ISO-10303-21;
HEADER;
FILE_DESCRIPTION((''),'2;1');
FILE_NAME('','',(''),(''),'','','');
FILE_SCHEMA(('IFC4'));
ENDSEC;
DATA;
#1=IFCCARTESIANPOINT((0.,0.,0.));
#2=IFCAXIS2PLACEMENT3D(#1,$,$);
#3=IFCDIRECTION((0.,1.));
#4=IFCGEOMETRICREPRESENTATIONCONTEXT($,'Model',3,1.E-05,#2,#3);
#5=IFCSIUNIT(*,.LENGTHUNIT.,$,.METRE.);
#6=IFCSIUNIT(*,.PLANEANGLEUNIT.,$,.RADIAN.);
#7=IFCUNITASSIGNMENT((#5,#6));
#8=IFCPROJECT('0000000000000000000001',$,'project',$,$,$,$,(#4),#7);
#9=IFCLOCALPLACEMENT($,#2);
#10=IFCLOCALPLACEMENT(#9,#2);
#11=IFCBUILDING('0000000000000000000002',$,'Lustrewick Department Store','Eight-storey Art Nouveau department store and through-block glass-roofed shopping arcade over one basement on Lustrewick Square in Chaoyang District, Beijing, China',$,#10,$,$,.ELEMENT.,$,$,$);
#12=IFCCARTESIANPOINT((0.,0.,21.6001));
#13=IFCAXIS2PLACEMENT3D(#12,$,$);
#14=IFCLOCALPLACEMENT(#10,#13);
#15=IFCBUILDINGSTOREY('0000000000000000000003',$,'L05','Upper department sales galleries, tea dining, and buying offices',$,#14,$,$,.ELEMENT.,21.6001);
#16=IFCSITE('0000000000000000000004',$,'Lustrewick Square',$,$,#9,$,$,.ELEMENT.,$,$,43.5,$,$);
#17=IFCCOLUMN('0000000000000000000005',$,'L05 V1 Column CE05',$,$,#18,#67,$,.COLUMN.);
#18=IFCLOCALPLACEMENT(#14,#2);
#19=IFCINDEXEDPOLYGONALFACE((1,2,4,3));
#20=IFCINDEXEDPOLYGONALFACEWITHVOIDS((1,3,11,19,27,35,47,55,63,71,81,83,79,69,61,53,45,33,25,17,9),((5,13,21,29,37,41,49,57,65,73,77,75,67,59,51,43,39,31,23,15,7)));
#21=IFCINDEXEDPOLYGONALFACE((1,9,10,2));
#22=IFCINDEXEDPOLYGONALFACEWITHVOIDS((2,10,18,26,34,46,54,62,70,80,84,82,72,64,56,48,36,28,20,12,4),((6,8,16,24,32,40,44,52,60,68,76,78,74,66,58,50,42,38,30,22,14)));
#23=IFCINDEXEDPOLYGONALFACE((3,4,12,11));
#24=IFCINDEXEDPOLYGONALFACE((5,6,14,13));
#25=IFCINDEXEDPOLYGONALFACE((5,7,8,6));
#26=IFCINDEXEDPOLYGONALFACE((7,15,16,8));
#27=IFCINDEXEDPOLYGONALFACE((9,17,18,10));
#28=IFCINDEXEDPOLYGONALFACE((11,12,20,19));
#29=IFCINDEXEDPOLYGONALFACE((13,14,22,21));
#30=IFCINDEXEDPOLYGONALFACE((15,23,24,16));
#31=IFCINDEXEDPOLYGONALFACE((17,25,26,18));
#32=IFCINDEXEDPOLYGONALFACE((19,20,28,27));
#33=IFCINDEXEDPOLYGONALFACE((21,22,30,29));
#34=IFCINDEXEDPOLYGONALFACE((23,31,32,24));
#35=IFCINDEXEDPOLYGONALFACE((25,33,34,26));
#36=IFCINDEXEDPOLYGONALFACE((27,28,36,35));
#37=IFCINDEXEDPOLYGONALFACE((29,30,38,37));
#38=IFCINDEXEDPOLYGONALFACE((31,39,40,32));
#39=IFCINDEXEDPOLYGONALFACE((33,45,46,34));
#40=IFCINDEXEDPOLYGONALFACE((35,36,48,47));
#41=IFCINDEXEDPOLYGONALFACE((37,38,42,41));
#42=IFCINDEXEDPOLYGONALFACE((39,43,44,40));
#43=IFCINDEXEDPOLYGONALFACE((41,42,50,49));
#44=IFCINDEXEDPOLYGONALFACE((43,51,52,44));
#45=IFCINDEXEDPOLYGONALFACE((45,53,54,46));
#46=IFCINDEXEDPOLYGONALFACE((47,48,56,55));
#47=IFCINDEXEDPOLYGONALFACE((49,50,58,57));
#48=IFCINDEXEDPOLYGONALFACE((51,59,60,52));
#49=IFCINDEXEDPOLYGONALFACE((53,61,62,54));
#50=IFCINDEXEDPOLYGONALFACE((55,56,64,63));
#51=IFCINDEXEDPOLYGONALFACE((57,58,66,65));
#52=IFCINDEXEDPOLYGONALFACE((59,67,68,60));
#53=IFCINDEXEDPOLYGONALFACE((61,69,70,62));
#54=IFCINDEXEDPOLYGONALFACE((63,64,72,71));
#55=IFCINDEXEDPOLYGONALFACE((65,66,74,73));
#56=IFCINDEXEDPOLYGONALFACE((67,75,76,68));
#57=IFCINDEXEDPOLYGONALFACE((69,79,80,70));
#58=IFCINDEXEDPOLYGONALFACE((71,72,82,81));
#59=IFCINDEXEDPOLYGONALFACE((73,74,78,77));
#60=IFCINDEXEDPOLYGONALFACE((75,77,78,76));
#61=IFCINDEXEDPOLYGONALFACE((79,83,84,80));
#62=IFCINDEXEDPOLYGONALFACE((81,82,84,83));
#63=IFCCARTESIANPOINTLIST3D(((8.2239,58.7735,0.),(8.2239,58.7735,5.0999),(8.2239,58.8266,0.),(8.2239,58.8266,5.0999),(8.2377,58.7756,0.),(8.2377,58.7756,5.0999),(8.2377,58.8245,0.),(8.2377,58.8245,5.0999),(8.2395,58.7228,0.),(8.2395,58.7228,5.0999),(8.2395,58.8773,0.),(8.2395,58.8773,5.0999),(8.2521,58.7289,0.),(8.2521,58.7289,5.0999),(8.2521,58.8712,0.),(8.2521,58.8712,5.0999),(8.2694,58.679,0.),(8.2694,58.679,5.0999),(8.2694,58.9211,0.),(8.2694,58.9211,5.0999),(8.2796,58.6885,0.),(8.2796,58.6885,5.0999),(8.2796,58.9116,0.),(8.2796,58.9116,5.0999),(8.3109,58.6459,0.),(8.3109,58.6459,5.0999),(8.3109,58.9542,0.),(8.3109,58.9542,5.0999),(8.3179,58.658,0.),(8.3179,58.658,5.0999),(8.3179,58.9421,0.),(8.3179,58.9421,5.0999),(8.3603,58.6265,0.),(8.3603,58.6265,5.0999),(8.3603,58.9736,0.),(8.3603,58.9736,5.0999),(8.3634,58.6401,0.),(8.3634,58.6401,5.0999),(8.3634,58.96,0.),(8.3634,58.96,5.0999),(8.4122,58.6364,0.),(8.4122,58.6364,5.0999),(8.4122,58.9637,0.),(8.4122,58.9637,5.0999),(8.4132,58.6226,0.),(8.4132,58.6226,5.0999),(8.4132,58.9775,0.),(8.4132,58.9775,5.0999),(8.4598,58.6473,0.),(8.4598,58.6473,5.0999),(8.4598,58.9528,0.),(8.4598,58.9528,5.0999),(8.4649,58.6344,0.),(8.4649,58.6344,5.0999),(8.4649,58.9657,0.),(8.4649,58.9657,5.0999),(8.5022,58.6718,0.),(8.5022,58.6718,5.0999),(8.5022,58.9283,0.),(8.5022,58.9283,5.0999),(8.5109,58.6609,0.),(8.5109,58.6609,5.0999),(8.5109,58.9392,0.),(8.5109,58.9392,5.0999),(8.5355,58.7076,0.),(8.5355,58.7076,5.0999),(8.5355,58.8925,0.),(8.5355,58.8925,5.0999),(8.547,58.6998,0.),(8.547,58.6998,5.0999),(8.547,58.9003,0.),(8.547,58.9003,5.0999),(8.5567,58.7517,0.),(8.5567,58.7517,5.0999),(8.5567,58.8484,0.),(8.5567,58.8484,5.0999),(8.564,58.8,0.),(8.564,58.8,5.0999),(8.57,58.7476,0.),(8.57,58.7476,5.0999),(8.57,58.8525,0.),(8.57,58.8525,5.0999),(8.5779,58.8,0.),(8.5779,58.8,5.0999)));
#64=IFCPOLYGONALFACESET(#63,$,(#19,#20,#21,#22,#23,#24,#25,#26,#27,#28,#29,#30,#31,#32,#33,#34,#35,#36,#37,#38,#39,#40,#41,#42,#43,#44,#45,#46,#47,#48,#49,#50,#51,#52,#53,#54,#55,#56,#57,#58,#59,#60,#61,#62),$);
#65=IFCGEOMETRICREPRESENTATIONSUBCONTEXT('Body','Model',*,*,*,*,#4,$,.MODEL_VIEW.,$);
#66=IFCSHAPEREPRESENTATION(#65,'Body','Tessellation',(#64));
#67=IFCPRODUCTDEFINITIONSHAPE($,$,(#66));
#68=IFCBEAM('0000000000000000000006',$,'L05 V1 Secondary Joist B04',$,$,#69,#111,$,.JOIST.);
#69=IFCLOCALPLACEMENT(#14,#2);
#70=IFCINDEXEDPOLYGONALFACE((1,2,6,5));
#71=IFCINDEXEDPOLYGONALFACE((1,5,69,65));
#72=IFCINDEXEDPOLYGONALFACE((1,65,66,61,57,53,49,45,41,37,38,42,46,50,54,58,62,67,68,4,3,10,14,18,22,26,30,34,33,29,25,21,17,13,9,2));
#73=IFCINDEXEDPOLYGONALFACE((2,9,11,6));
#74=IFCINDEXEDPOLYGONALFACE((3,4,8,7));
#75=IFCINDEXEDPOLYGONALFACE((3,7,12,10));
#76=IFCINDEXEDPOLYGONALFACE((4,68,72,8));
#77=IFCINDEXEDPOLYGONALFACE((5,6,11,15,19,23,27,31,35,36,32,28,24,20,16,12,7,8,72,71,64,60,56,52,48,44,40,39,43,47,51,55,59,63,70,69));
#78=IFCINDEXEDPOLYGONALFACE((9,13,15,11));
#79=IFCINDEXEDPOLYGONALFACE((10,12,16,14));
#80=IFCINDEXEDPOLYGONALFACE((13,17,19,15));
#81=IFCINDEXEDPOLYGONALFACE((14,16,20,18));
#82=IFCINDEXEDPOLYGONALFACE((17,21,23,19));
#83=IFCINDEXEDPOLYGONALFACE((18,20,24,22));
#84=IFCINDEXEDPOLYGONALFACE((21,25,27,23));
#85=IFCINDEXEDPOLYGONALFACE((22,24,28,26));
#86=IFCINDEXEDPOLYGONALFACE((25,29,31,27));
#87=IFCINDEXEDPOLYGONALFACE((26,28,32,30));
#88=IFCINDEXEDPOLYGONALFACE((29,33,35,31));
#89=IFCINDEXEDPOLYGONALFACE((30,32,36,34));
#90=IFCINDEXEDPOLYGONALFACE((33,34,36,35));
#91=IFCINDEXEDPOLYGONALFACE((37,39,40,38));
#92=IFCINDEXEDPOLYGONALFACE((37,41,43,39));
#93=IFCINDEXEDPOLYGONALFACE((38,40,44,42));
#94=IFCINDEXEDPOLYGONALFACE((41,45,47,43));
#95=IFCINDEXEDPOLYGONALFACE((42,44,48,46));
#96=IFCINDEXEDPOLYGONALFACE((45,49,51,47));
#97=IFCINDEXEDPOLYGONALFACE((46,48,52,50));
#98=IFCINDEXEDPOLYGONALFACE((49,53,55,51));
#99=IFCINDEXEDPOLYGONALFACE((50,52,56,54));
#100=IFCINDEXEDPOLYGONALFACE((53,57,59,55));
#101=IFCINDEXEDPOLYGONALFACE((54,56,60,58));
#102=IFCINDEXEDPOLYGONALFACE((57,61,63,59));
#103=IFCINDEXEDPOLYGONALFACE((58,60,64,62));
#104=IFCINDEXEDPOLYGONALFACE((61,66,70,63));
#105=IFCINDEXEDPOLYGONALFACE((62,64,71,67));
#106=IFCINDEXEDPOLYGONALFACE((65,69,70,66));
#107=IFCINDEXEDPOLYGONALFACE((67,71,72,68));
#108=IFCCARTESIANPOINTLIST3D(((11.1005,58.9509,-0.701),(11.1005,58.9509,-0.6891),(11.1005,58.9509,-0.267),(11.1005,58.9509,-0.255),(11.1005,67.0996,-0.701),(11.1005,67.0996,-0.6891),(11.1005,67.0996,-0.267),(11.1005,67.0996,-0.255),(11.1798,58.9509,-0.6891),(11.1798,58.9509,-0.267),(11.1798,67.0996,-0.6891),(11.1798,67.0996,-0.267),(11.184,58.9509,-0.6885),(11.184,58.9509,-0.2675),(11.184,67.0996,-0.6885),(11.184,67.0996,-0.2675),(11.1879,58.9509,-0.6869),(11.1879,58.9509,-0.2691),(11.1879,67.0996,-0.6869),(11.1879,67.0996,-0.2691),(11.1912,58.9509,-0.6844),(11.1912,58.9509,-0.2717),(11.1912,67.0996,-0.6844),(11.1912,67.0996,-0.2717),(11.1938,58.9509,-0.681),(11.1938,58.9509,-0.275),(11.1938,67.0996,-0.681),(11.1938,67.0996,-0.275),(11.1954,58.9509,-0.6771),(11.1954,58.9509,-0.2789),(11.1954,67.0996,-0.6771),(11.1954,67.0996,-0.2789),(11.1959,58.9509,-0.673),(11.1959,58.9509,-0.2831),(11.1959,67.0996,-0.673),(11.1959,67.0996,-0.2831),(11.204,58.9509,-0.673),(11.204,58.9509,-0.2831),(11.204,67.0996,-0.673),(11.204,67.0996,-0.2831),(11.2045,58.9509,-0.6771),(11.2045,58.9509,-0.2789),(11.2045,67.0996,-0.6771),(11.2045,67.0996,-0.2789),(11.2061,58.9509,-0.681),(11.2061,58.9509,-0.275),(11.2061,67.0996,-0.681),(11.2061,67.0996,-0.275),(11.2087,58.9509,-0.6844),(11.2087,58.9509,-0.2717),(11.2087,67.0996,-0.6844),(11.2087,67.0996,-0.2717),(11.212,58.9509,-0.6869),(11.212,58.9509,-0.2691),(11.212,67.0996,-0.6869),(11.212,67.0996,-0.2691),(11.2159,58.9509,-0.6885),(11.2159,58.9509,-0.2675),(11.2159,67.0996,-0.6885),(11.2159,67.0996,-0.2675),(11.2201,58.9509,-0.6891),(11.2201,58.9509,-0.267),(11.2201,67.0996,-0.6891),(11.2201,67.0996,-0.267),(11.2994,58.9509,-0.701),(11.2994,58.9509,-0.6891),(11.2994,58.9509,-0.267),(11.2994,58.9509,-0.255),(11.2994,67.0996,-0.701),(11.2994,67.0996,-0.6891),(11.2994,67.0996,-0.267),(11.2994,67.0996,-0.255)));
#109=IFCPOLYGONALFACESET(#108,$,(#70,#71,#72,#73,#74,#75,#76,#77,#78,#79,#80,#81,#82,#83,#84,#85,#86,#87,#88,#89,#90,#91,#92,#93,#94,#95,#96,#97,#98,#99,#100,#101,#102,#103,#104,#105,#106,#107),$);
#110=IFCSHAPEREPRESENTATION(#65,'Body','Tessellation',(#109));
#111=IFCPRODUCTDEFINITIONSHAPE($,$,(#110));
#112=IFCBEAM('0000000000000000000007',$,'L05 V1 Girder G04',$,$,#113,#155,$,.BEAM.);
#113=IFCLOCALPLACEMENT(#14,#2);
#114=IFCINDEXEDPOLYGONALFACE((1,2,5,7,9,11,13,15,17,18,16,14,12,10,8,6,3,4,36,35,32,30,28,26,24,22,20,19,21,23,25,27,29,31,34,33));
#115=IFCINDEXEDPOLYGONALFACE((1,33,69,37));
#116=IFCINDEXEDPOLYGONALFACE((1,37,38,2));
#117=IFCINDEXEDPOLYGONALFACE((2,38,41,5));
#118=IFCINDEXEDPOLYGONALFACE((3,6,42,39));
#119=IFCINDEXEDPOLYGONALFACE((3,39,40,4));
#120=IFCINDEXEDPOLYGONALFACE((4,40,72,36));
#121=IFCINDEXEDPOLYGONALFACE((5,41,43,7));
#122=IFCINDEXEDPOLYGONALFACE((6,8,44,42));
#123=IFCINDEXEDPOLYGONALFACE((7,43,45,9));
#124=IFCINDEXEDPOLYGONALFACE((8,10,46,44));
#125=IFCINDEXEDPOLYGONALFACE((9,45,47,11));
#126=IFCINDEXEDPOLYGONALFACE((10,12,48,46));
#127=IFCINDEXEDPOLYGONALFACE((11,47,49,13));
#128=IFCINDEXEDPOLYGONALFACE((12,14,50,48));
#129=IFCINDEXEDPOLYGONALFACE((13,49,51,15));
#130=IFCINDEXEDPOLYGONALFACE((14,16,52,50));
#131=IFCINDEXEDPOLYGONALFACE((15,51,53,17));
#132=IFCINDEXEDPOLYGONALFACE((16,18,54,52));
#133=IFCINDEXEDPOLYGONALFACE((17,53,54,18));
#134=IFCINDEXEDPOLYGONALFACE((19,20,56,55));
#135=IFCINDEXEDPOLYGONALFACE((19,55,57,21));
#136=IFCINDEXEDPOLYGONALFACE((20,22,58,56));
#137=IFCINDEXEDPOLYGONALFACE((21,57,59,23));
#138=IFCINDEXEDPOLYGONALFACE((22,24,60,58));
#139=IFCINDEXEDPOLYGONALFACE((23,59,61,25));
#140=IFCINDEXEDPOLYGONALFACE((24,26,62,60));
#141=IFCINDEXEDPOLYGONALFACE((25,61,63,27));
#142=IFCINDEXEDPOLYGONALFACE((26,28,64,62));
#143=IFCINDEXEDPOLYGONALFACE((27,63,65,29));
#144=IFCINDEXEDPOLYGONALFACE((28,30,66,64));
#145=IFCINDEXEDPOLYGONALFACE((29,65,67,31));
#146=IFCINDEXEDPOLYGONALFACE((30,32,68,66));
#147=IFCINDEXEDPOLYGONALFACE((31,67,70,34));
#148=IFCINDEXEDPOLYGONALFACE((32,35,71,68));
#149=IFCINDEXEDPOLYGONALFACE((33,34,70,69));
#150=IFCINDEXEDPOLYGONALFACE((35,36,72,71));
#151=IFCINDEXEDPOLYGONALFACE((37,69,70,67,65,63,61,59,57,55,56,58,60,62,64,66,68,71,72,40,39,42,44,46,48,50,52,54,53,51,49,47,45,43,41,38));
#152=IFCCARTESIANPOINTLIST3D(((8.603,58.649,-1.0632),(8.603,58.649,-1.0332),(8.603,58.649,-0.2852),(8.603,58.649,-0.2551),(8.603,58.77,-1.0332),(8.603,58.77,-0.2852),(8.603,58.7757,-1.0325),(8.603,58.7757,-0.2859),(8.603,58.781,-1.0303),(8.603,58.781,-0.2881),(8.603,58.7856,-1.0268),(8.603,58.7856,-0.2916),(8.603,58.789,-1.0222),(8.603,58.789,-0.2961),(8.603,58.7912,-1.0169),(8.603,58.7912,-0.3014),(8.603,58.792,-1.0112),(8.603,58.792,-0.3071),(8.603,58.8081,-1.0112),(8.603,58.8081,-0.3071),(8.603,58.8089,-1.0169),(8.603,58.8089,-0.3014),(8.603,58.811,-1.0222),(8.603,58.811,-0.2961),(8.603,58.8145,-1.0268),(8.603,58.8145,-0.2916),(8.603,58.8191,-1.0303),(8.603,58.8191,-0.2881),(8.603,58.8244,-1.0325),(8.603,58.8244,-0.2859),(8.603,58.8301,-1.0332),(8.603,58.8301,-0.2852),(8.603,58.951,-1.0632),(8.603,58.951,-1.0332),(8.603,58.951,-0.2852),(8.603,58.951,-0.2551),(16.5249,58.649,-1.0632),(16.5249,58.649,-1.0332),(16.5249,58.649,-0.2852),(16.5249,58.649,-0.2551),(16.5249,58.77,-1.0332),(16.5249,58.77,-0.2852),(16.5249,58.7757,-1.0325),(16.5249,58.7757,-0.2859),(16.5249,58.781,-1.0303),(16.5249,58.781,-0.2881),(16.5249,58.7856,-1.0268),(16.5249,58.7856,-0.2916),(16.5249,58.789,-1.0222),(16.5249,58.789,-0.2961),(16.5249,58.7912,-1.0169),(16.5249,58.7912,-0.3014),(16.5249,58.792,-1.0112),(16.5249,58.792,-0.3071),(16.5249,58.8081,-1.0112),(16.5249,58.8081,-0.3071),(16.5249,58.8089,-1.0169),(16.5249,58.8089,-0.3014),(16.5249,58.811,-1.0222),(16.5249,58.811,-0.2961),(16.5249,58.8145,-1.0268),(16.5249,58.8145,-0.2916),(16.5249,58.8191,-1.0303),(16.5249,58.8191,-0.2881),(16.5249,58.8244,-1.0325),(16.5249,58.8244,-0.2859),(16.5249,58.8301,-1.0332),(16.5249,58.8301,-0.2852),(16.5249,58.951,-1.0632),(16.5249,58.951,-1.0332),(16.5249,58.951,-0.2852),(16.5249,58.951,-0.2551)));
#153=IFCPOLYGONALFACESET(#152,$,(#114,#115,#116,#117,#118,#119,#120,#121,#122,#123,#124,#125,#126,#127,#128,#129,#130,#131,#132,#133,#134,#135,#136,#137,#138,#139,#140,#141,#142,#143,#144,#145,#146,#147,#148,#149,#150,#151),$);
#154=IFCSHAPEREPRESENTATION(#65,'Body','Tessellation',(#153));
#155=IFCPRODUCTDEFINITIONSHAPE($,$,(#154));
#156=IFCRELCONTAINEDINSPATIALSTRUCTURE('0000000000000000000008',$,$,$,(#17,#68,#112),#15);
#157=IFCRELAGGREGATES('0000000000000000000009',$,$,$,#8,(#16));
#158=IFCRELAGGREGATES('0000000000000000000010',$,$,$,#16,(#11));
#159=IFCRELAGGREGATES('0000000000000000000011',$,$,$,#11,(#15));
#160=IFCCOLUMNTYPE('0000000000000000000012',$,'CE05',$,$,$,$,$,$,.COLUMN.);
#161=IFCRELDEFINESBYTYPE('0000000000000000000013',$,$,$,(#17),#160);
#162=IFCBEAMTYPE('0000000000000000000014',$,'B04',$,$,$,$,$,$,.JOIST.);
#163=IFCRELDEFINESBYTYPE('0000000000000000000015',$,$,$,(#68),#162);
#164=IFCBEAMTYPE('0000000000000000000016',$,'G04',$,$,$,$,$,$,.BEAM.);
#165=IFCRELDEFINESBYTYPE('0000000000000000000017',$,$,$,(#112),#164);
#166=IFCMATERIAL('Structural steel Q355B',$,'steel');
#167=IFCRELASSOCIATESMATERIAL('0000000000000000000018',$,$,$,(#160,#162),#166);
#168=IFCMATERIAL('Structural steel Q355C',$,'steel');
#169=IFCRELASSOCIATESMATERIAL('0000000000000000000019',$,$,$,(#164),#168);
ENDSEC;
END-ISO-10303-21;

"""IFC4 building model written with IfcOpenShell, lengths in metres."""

from ifc_helpers import new_model, si_unit, direction, frame, origin, origin_2d, place, context, subcontext, project, spatial, hollow_circle, i_section, extrude, material, material_profile, profile_set, type_object, element, save


model = new_model("IFC4")

# Units and contexts
model_context = context("Model", 3, precision=1e-05, world=origin(), true_north=direction((0.0, 1.0)))
body_context = subcontext(model_context, "Body", "Model", "MODEL_VIEW")
ifc_project = project(units=[si_unit("LENGTHUNIT", "METRE"), si_unit("PLANEANGLEUNIT", "RADIAN")], contexts=[model_context])

# Site, building, storey
site_placement = place(None, origin())
site = spatial("IfcSite", under=ifc_project, at=site_placement, Name="Lustrewick Square", CompositionType="ELEMENT", RefElevation=43.5)
building_placement = place(site_placement, origin())
building = spatial("IfcBuilding", under=site, at=building_placement, Name="Lustrewick Department Store", Description="Eight-storey Art Nouveau department store and through-block glass-roofed shopping arcade over one basement on Lustrewick Square in Chaoyang District, Beijing, China", CompositionType="ELEMENT")
storey_placement = place(building_placement, frame((0.0, 0.0, 21.6001)))
storey = spatial("IfcBuildingStorey", under=building, at=storey_placement, Name="L05", Description="Upper department sales galleries, tea dining, and buying offices", CompositionType="ELEMENT", Elevation=21.6001)

# Column
ifc_material_1 = material(Name="Structural steel Q355B", Category="steel")
ifc_material_profile_1 = material_profile(ifc_material_1, hollow_circle(Radius=0.178, WallThickness=0.0139, at=origin_2d()), Name="CHS 356x14")
ifc_profile_set_1 = profile_set([ifc_material_profile_1], Name="Structural steel Q355B")
column_type = type_object("IfcColumnType", Name="CE05", PredefinedType="COLUMN", material=ifc_profile_set_1)
column_placement = place(storey_placement, frame((8.3999, 58.8, 0.0), z_axis=(0.0, 0.0, 1.0), x_axis=(1.0, 0.0, 0.0)))
element("IfcColumn", 1, at=column_placement, inside=storey, type_object=column_type, Name="L05 V1 Column CE05", PredefinedType="COLUMN", context=body_context, shape_type="SweptSolid", body=[
    extrude(hollow_circle(Radius=0.178, WallThickness=0.0139, at=origin_2d()), origin(), (0.0, 0.0, 1.0), 5.0999),
])

# Beams
ifc_material_profile_2 = material_profile(ifc_material_1, i_section(OverallWidth=0.199, OverallDepth=0.446, WebThickness=0.0081, FlangeThickness=0.012, FilletRadius=0.0161, at=origin_2d()), Name="HN 446x199x8x12")
ifc_profile_set_2 = profile_set([ifc_material_profile_2], Name="Structural steel Q355B")
beam_type_1 = type_object("IfcBeamType", Name="B04", PredefinedType="JOIST", material=ifc_profile_set_2)
beam_1_placement = place(storey_placement, frame((11.2, 58.9509, -0.478), z_axis=(0.0, 1.0, 0.0), x_axis=(-1.0, 0.0, 0.0)))
element("IfcBeam", 2, at=beam_1_placement, inside=storey, type_object=beam_type_1, Name="L05 V1 Secondary Joist B04", PredefinedType="JOIST", context=body_context, shape_type="SweptSolid", body=[
    extrude(i_section(OverallWidth=0.199, OverallDepth=0.446, WebThickness=0.0081, FlangeThickness=0.012, FilletRadius=0.0161, at=origin_2d()), origin(), (0.0, 0.0, 1.0), 8.1487),
])
ifc_material_2 = material(Name="Structural steel Q355C", Category="steel")
ifc_material_profile_3 = material_profile(ifc_material_2, i_section(OverallWidth=0.302, OverallDepth=0.8081, WebThickness=0.0161, FlangeThickness=0.03, FilletRadius=0.022, at=origin_2d()), Name="HN 808x302x16x30")
ifc_profile_set_3 = profile_set([ifc_material_profile_3], Name="Structural steel Q355C")
beam_type_2 = type_object("IfcBeamType", Name="G04", PredefinedType="BEAM", material=ifc_profile_set_3)
beam_2_placement = place(storey_placement, frame((8.603, 58.8, -0.6592), z_axis=(1.0, 0.0, 0.0), x_axis=(0.0, 1.0, 0.0)))
element("IfcBeam", 3, at=beam_2_placement, inside=storey, type_object=beam_type_2, Name="L05 V1 Girder G04", PredefinedType="BEAM", context=body_context, shape_type="SweptSolid", body=[
    extrude(i_section(OverallWidth=0.302, OverallDepth=0.8081, WebThickness=0.0161, FlangeThickness=0.03, FilletRadius=0.022, at=origin_2d()), origin(), (0.0, 0.0, 1.0), 7.9219),
])

save(model, "model.ifc")
